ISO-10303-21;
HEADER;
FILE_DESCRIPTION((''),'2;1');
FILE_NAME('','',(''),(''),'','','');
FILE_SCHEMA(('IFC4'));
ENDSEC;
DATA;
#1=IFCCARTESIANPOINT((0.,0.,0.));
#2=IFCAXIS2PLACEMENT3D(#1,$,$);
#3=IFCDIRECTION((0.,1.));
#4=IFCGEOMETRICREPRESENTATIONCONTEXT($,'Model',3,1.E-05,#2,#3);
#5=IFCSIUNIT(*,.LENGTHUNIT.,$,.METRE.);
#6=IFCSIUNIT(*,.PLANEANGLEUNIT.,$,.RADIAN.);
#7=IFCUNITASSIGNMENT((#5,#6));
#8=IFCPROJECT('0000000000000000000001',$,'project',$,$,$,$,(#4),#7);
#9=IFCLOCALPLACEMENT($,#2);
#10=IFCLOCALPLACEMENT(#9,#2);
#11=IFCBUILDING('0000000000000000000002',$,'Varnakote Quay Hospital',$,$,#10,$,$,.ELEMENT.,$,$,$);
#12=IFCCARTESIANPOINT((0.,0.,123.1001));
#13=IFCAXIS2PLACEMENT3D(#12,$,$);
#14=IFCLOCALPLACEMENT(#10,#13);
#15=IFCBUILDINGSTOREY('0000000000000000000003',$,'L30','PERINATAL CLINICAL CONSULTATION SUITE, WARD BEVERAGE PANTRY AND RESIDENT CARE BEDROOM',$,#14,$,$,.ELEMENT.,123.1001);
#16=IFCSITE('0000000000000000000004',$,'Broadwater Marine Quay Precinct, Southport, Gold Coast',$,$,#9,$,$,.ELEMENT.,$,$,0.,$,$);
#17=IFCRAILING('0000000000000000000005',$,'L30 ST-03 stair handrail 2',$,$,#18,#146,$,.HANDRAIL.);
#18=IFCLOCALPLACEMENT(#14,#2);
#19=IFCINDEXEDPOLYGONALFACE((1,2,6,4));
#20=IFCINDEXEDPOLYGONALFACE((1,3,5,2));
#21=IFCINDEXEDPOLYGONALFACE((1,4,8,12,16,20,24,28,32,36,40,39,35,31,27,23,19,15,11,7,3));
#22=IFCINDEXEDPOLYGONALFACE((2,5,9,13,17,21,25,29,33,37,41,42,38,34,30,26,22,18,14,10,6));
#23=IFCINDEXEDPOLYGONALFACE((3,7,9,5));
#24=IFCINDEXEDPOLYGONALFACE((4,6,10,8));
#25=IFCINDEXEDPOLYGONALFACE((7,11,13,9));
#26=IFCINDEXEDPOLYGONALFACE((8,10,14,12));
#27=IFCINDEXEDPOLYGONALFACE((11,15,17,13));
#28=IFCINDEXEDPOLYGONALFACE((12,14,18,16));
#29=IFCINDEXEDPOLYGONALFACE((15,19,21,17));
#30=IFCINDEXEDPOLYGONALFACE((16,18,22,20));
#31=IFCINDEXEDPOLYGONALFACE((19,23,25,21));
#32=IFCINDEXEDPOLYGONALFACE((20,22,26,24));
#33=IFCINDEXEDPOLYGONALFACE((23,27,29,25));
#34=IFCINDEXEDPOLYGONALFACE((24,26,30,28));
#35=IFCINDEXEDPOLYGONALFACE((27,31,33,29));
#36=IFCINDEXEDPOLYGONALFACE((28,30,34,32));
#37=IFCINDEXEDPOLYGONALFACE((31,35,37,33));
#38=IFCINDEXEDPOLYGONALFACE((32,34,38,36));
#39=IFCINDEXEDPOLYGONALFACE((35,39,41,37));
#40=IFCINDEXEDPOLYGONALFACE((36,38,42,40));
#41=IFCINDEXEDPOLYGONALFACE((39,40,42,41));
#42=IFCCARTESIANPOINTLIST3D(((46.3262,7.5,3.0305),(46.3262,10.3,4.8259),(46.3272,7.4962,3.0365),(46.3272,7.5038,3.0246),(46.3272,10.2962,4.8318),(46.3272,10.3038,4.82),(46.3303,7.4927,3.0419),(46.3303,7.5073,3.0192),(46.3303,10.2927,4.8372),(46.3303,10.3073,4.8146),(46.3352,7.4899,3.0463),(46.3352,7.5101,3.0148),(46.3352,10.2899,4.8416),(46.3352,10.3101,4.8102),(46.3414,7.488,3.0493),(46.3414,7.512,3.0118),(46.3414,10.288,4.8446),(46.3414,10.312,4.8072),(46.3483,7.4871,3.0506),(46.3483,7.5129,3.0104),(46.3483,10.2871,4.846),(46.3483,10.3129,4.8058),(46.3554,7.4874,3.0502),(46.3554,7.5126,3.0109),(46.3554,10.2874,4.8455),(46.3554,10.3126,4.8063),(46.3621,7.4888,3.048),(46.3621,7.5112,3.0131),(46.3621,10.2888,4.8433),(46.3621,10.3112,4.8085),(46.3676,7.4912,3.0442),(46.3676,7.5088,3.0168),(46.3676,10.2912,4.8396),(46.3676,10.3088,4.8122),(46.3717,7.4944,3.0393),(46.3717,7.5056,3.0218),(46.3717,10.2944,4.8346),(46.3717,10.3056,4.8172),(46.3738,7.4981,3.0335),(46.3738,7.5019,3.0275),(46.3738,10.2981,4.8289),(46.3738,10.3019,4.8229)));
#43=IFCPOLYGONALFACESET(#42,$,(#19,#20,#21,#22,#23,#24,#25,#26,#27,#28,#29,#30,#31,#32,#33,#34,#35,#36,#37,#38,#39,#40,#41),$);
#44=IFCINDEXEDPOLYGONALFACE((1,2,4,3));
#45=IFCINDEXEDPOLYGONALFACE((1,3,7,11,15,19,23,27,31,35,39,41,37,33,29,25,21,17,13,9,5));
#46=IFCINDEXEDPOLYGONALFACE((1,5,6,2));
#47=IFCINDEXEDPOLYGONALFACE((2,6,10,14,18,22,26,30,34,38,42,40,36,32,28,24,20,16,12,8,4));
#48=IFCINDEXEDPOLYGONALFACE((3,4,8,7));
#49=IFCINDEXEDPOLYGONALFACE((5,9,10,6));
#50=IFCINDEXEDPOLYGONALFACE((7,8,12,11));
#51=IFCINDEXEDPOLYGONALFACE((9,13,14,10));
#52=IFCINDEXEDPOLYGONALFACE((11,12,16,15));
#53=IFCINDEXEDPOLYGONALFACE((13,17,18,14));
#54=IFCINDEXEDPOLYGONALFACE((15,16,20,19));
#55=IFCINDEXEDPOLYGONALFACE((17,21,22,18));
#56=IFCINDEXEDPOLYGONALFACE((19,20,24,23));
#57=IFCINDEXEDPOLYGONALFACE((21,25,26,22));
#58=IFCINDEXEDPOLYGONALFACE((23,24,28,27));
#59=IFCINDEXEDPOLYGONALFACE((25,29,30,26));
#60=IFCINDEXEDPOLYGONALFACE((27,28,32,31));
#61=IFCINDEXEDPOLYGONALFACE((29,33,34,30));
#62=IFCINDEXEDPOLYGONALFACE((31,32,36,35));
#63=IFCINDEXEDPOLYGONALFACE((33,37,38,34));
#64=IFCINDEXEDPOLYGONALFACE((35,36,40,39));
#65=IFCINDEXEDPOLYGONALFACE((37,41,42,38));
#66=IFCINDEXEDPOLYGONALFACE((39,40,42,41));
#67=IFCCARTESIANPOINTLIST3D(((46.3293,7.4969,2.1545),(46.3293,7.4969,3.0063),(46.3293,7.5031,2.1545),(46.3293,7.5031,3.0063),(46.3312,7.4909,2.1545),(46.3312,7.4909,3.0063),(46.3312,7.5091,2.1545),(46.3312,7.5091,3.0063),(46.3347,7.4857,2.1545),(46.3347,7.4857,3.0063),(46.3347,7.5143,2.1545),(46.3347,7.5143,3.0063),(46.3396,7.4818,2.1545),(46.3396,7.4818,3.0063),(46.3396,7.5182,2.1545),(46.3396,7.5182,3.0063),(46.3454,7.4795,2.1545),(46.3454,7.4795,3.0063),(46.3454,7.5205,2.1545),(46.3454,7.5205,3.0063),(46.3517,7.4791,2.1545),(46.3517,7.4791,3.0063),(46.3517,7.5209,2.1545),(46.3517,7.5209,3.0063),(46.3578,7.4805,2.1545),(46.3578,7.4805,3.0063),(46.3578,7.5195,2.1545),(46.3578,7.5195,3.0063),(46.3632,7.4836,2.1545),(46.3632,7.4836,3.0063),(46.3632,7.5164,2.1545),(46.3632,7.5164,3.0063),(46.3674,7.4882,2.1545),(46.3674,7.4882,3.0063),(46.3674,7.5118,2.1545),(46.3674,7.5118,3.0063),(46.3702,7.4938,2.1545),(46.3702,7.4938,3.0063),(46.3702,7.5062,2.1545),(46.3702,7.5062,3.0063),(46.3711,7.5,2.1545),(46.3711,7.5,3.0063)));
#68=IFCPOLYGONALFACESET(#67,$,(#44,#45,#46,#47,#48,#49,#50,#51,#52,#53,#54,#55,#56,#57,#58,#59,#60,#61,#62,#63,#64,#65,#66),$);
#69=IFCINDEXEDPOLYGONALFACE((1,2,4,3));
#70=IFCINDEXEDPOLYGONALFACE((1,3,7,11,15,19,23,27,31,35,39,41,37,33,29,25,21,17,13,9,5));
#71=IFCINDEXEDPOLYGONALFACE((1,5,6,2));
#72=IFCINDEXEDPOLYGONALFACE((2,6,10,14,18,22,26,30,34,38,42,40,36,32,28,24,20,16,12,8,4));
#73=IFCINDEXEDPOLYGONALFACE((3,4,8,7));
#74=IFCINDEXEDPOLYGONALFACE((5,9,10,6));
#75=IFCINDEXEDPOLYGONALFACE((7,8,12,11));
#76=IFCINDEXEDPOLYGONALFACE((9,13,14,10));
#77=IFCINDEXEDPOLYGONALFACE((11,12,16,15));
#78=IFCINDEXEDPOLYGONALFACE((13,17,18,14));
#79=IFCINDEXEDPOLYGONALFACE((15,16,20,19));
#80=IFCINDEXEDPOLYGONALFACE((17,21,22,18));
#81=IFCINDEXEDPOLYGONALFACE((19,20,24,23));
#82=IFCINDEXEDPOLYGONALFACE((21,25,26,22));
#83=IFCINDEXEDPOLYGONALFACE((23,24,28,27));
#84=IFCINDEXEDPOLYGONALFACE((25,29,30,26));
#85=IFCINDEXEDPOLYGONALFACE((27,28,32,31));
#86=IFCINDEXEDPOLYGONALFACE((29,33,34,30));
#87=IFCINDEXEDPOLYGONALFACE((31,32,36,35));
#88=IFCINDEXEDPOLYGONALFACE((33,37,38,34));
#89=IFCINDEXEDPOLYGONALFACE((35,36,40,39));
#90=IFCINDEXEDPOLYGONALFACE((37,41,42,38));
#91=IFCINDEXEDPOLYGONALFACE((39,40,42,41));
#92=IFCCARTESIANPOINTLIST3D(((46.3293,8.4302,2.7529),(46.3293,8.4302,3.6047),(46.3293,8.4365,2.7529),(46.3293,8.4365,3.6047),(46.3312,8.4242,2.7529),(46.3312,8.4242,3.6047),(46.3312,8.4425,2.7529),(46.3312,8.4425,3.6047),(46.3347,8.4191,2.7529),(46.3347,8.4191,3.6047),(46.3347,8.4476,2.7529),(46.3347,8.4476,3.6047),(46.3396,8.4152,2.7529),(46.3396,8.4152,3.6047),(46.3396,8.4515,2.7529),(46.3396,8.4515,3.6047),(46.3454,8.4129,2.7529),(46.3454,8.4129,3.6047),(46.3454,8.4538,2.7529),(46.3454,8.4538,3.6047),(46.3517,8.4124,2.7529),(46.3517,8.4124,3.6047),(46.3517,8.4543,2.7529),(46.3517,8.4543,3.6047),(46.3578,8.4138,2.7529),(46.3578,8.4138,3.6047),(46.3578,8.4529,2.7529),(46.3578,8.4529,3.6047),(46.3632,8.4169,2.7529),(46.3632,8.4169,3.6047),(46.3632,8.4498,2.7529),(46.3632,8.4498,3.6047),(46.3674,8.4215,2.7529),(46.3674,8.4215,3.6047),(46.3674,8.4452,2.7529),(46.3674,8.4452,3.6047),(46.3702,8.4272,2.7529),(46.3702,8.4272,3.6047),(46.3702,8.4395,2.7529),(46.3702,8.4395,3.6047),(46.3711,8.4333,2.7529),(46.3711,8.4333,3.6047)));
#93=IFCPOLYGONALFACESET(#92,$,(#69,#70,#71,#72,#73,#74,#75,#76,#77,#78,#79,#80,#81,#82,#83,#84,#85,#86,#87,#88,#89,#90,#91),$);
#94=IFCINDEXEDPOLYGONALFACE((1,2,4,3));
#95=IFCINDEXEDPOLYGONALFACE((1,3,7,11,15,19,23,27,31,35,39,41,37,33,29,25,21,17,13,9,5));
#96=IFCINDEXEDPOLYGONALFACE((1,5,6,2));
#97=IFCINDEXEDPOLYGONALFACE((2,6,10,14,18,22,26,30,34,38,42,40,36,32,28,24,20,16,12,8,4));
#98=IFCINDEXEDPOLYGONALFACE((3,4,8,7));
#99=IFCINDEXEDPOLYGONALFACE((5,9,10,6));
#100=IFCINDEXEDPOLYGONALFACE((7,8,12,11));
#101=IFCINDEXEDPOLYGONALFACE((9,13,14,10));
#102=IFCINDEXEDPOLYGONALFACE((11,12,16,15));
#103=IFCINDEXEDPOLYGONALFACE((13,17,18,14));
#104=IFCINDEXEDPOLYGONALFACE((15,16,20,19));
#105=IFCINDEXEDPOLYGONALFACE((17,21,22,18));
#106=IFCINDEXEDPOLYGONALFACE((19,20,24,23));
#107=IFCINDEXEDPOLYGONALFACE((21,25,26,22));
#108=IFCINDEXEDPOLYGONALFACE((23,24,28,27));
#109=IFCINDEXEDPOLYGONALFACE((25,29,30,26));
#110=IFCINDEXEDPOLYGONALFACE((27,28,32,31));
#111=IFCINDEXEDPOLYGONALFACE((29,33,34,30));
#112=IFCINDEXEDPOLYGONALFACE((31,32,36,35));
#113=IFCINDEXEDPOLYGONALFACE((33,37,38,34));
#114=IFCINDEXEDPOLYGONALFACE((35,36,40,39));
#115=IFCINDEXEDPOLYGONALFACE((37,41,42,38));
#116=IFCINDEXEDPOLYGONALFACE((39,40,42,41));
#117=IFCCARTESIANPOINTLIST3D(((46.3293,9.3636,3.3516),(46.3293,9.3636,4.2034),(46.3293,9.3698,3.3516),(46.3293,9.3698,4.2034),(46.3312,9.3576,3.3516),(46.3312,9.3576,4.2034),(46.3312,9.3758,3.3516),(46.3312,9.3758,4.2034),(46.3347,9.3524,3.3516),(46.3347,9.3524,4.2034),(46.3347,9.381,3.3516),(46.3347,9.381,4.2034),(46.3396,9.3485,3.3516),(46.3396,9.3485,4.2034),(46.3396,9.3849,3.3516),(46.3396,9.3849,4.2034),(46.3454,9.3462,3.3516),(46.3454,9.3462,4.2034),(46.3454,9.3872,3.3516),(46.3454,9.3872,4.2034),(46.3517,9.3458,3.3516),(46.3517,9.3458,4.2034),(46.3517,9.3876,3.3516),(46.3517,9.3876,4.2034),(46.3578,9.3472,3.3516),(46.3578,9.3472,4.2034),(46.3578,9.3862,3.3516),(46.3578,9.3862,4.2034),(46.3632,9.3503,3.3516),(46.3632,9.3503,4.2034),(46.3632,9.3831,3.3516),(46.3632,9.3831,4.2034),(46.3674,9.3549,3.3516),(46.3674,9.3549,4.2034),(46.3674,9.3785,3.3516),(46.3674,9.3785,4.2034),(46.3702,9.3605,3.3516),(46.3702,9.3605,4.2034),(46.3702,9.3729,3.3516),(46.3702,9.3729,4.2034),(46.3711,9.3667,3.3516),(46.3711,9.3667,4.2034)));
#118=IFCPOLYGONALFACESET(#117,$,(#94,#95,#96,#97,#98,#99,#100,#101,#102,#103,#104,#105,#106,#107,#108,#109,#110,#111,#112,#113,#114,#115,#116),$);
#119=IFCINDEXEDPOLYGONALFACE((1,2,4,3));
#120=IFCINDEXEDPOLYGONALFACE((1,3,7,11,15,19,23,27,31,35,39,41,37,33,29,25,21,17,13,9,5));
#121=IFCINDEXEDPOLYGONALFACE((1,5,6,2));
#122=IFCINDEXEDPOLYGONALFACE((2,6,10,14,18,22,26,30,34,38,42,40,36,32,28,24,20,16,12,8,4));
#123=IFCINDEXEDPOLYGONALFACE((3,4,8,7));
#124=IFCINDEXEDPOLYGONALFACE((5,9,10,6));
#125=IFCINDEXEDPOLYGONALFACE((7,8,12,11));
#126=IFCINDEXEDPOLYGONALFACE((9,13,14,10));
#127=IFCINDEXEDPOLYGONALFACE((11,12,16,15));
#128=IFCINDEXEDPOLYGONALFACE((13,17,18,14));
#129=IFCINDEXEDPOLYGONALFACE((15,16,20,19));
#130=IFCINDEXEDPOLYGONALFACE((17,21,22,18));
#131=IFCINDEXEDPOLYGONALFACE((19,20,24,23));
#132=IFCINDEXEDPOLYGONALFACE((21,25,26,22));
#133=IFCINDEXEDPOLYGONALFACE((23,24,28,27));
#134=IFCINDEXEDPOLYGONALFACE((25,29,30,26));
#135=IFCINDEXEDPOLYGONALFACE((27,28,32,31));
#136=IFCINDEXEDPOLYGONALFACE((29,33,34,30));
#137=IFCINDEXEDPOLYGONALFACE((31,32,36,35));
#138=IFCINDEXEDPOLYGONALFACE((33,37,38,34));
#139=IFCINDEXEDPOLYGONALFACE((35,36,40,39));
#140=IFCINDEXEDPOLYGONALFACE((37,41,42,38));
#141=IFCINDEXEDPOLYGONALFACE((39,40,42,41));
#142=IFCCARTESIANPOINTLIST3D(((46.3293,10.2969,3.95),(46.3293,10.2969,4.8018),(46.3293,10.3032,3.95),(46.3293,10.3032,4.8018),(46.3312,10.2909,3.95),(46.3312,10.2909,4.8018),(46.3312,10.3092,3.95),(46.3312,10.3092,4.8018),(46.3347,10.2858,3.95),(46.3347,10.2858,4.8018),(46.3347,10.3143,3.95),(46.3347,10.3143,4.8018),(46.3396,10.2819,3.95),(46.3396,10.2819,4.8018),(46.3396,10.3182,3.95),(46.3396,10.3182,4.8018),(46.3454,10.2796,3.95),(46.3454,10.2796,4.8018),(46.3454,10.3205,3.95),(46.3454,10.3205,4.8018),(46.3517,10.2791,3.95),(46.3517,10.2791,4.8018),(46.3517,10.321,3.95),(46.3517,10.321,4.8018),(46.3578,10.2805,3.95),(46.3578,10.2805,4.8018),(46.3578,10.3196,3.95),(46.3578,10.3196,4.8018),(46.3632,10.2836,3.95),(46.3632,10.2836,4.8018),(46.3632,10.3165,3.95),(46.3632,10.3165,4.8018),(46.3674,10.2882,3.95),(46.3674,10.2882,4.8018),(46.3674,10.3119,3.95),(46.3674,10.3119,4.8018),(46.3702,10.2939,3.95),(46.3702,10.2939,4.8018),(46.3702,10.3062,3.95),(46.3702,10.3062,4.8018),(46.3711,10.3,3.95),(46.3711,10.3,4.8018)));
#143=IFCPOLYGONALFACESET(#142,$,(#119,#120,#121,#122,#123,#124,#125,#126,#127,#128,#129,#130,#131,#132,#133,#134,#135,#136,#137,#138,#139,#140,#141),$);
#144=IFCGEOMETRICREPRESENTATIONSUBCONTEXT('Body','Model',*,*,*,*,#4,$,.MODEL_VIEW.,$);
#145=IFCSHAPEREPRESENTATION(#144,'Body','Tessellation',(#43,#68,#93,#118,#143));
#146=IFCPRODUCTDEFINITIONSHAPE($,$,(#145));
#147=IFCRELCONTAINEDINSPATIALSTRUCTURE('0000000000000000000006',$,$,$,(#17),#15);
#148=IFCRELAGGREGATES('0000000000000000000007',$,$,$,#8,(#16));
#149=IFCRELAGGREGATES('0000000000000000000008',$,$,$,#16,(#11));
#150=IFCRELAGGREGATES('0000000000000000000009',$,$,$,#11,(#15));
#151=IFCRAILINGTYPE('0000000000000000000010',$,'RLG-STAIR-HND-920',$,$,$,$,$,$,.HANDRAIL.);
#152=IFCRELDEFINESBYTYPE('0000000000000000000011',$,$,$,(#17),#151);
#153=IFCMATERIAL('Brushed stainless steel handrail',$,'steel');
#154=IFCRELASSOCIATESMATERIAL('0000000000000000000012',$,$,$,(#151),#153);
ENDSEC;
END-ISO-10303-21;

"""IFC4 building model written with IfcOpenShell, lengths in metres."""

from ifc_helpers import new_model, si_unit, direction, frame, origin, origin_2d, place, context, subcontext, project, spatial, circle, extrude, material, type_object, element, save


model = new_model("IFC4")

# Units and contexts
model_context = context("Model", 3, precision=1e-05, world=origin(), true_north=direction((0.0, 1.0)))
body_context = subcontext(model_context, "Body", "Model", "MODEL_VIEW")
ifc_project = project(units=[si_unit("LENGTHUNIT", "METRE"), si_unit("PLANEANGLEUNIT", "RADIAN")], contexts=[model_context])

# Site, building, storey
site_placement = place(None, origin())
site = spatial("IfcSite", under=ifc_project, at=site_placement, Name="Broadwater Marine Quay Precinct, Southport, Gold Coast", CompositionType="ELEMENT", RefElevation=0.0)
building_placement = place(site_placement, origin())
building = spatial("IfcBuilding", under=site, at=building_placement, Name="Varnakote Quay Hospital", CompositionType="ELEMENT")
storey_placement = place(building_placement, frame((0.0, 0.0, 123.1001)))
storey = spatial("IfcBuildingStorey", under=building, at=storey_placement, Name="L30", Description="PERINATAL CLINICAL CONSULTATION SUITE, WARD BEVERAGE PANTRY AND RESIDENT CARE BEDROOM", CompositionType="ELEMENT", Elevation=123.1001)

# Railing
ifc_material_1 = material(Name="Brushed stainless steel handrail", Category="steel")
railing_type_1 = type_object("IfcRailingType", Name="RLG-STAIR-HND-920", PredefinedType="HANDRAIL", material=ifc_material_1)
railing_1_placement = place(storey_placement, frame((46.3501, 7.5, 2.1545)))
element("IfcRailing", 1, at=railing_1_placement, inside=storey, type_object=railing_type_1, Name="L30 ST-03 stair handrail 2", PredefinedType="HANDRAIL", context=body_context, shape_type="SweptSolid", body=[
    extrude(circle(Radius=0.0239, at=origin_2d()), frame((0.0, 0.0, 0.876), z_axis=(0.0, 0.84181, 0.539774), x_axis=(-1.0, 0.0, 0.0)), (0.0, 0.0, 1.0), 3.3262),
    extrude(circle(Radius=0.021, at=origin_2d()), origin(), (0.0, 0.0, 1.0), 0.8518),
    extrude(circle(Radius=0.021, at=origin_2d()), frame((0.0, 0.9333, 0.5984)), (0.0, 0.0, 1.0), 0.8518),
    extrude(circle(Radius=0.021, at=origin_2d()), frame((0.0, 1.8667, 1.197)), (0.0, 0.0, 1.0), 0.8518),
    extrude(circle(Radius=0.021, at=origin_2d()), frame((0.0, 2.8, 1.7954)), (0.0, 0.0, 1.0), 0.8518),
])

save(model, "model.ifc")
